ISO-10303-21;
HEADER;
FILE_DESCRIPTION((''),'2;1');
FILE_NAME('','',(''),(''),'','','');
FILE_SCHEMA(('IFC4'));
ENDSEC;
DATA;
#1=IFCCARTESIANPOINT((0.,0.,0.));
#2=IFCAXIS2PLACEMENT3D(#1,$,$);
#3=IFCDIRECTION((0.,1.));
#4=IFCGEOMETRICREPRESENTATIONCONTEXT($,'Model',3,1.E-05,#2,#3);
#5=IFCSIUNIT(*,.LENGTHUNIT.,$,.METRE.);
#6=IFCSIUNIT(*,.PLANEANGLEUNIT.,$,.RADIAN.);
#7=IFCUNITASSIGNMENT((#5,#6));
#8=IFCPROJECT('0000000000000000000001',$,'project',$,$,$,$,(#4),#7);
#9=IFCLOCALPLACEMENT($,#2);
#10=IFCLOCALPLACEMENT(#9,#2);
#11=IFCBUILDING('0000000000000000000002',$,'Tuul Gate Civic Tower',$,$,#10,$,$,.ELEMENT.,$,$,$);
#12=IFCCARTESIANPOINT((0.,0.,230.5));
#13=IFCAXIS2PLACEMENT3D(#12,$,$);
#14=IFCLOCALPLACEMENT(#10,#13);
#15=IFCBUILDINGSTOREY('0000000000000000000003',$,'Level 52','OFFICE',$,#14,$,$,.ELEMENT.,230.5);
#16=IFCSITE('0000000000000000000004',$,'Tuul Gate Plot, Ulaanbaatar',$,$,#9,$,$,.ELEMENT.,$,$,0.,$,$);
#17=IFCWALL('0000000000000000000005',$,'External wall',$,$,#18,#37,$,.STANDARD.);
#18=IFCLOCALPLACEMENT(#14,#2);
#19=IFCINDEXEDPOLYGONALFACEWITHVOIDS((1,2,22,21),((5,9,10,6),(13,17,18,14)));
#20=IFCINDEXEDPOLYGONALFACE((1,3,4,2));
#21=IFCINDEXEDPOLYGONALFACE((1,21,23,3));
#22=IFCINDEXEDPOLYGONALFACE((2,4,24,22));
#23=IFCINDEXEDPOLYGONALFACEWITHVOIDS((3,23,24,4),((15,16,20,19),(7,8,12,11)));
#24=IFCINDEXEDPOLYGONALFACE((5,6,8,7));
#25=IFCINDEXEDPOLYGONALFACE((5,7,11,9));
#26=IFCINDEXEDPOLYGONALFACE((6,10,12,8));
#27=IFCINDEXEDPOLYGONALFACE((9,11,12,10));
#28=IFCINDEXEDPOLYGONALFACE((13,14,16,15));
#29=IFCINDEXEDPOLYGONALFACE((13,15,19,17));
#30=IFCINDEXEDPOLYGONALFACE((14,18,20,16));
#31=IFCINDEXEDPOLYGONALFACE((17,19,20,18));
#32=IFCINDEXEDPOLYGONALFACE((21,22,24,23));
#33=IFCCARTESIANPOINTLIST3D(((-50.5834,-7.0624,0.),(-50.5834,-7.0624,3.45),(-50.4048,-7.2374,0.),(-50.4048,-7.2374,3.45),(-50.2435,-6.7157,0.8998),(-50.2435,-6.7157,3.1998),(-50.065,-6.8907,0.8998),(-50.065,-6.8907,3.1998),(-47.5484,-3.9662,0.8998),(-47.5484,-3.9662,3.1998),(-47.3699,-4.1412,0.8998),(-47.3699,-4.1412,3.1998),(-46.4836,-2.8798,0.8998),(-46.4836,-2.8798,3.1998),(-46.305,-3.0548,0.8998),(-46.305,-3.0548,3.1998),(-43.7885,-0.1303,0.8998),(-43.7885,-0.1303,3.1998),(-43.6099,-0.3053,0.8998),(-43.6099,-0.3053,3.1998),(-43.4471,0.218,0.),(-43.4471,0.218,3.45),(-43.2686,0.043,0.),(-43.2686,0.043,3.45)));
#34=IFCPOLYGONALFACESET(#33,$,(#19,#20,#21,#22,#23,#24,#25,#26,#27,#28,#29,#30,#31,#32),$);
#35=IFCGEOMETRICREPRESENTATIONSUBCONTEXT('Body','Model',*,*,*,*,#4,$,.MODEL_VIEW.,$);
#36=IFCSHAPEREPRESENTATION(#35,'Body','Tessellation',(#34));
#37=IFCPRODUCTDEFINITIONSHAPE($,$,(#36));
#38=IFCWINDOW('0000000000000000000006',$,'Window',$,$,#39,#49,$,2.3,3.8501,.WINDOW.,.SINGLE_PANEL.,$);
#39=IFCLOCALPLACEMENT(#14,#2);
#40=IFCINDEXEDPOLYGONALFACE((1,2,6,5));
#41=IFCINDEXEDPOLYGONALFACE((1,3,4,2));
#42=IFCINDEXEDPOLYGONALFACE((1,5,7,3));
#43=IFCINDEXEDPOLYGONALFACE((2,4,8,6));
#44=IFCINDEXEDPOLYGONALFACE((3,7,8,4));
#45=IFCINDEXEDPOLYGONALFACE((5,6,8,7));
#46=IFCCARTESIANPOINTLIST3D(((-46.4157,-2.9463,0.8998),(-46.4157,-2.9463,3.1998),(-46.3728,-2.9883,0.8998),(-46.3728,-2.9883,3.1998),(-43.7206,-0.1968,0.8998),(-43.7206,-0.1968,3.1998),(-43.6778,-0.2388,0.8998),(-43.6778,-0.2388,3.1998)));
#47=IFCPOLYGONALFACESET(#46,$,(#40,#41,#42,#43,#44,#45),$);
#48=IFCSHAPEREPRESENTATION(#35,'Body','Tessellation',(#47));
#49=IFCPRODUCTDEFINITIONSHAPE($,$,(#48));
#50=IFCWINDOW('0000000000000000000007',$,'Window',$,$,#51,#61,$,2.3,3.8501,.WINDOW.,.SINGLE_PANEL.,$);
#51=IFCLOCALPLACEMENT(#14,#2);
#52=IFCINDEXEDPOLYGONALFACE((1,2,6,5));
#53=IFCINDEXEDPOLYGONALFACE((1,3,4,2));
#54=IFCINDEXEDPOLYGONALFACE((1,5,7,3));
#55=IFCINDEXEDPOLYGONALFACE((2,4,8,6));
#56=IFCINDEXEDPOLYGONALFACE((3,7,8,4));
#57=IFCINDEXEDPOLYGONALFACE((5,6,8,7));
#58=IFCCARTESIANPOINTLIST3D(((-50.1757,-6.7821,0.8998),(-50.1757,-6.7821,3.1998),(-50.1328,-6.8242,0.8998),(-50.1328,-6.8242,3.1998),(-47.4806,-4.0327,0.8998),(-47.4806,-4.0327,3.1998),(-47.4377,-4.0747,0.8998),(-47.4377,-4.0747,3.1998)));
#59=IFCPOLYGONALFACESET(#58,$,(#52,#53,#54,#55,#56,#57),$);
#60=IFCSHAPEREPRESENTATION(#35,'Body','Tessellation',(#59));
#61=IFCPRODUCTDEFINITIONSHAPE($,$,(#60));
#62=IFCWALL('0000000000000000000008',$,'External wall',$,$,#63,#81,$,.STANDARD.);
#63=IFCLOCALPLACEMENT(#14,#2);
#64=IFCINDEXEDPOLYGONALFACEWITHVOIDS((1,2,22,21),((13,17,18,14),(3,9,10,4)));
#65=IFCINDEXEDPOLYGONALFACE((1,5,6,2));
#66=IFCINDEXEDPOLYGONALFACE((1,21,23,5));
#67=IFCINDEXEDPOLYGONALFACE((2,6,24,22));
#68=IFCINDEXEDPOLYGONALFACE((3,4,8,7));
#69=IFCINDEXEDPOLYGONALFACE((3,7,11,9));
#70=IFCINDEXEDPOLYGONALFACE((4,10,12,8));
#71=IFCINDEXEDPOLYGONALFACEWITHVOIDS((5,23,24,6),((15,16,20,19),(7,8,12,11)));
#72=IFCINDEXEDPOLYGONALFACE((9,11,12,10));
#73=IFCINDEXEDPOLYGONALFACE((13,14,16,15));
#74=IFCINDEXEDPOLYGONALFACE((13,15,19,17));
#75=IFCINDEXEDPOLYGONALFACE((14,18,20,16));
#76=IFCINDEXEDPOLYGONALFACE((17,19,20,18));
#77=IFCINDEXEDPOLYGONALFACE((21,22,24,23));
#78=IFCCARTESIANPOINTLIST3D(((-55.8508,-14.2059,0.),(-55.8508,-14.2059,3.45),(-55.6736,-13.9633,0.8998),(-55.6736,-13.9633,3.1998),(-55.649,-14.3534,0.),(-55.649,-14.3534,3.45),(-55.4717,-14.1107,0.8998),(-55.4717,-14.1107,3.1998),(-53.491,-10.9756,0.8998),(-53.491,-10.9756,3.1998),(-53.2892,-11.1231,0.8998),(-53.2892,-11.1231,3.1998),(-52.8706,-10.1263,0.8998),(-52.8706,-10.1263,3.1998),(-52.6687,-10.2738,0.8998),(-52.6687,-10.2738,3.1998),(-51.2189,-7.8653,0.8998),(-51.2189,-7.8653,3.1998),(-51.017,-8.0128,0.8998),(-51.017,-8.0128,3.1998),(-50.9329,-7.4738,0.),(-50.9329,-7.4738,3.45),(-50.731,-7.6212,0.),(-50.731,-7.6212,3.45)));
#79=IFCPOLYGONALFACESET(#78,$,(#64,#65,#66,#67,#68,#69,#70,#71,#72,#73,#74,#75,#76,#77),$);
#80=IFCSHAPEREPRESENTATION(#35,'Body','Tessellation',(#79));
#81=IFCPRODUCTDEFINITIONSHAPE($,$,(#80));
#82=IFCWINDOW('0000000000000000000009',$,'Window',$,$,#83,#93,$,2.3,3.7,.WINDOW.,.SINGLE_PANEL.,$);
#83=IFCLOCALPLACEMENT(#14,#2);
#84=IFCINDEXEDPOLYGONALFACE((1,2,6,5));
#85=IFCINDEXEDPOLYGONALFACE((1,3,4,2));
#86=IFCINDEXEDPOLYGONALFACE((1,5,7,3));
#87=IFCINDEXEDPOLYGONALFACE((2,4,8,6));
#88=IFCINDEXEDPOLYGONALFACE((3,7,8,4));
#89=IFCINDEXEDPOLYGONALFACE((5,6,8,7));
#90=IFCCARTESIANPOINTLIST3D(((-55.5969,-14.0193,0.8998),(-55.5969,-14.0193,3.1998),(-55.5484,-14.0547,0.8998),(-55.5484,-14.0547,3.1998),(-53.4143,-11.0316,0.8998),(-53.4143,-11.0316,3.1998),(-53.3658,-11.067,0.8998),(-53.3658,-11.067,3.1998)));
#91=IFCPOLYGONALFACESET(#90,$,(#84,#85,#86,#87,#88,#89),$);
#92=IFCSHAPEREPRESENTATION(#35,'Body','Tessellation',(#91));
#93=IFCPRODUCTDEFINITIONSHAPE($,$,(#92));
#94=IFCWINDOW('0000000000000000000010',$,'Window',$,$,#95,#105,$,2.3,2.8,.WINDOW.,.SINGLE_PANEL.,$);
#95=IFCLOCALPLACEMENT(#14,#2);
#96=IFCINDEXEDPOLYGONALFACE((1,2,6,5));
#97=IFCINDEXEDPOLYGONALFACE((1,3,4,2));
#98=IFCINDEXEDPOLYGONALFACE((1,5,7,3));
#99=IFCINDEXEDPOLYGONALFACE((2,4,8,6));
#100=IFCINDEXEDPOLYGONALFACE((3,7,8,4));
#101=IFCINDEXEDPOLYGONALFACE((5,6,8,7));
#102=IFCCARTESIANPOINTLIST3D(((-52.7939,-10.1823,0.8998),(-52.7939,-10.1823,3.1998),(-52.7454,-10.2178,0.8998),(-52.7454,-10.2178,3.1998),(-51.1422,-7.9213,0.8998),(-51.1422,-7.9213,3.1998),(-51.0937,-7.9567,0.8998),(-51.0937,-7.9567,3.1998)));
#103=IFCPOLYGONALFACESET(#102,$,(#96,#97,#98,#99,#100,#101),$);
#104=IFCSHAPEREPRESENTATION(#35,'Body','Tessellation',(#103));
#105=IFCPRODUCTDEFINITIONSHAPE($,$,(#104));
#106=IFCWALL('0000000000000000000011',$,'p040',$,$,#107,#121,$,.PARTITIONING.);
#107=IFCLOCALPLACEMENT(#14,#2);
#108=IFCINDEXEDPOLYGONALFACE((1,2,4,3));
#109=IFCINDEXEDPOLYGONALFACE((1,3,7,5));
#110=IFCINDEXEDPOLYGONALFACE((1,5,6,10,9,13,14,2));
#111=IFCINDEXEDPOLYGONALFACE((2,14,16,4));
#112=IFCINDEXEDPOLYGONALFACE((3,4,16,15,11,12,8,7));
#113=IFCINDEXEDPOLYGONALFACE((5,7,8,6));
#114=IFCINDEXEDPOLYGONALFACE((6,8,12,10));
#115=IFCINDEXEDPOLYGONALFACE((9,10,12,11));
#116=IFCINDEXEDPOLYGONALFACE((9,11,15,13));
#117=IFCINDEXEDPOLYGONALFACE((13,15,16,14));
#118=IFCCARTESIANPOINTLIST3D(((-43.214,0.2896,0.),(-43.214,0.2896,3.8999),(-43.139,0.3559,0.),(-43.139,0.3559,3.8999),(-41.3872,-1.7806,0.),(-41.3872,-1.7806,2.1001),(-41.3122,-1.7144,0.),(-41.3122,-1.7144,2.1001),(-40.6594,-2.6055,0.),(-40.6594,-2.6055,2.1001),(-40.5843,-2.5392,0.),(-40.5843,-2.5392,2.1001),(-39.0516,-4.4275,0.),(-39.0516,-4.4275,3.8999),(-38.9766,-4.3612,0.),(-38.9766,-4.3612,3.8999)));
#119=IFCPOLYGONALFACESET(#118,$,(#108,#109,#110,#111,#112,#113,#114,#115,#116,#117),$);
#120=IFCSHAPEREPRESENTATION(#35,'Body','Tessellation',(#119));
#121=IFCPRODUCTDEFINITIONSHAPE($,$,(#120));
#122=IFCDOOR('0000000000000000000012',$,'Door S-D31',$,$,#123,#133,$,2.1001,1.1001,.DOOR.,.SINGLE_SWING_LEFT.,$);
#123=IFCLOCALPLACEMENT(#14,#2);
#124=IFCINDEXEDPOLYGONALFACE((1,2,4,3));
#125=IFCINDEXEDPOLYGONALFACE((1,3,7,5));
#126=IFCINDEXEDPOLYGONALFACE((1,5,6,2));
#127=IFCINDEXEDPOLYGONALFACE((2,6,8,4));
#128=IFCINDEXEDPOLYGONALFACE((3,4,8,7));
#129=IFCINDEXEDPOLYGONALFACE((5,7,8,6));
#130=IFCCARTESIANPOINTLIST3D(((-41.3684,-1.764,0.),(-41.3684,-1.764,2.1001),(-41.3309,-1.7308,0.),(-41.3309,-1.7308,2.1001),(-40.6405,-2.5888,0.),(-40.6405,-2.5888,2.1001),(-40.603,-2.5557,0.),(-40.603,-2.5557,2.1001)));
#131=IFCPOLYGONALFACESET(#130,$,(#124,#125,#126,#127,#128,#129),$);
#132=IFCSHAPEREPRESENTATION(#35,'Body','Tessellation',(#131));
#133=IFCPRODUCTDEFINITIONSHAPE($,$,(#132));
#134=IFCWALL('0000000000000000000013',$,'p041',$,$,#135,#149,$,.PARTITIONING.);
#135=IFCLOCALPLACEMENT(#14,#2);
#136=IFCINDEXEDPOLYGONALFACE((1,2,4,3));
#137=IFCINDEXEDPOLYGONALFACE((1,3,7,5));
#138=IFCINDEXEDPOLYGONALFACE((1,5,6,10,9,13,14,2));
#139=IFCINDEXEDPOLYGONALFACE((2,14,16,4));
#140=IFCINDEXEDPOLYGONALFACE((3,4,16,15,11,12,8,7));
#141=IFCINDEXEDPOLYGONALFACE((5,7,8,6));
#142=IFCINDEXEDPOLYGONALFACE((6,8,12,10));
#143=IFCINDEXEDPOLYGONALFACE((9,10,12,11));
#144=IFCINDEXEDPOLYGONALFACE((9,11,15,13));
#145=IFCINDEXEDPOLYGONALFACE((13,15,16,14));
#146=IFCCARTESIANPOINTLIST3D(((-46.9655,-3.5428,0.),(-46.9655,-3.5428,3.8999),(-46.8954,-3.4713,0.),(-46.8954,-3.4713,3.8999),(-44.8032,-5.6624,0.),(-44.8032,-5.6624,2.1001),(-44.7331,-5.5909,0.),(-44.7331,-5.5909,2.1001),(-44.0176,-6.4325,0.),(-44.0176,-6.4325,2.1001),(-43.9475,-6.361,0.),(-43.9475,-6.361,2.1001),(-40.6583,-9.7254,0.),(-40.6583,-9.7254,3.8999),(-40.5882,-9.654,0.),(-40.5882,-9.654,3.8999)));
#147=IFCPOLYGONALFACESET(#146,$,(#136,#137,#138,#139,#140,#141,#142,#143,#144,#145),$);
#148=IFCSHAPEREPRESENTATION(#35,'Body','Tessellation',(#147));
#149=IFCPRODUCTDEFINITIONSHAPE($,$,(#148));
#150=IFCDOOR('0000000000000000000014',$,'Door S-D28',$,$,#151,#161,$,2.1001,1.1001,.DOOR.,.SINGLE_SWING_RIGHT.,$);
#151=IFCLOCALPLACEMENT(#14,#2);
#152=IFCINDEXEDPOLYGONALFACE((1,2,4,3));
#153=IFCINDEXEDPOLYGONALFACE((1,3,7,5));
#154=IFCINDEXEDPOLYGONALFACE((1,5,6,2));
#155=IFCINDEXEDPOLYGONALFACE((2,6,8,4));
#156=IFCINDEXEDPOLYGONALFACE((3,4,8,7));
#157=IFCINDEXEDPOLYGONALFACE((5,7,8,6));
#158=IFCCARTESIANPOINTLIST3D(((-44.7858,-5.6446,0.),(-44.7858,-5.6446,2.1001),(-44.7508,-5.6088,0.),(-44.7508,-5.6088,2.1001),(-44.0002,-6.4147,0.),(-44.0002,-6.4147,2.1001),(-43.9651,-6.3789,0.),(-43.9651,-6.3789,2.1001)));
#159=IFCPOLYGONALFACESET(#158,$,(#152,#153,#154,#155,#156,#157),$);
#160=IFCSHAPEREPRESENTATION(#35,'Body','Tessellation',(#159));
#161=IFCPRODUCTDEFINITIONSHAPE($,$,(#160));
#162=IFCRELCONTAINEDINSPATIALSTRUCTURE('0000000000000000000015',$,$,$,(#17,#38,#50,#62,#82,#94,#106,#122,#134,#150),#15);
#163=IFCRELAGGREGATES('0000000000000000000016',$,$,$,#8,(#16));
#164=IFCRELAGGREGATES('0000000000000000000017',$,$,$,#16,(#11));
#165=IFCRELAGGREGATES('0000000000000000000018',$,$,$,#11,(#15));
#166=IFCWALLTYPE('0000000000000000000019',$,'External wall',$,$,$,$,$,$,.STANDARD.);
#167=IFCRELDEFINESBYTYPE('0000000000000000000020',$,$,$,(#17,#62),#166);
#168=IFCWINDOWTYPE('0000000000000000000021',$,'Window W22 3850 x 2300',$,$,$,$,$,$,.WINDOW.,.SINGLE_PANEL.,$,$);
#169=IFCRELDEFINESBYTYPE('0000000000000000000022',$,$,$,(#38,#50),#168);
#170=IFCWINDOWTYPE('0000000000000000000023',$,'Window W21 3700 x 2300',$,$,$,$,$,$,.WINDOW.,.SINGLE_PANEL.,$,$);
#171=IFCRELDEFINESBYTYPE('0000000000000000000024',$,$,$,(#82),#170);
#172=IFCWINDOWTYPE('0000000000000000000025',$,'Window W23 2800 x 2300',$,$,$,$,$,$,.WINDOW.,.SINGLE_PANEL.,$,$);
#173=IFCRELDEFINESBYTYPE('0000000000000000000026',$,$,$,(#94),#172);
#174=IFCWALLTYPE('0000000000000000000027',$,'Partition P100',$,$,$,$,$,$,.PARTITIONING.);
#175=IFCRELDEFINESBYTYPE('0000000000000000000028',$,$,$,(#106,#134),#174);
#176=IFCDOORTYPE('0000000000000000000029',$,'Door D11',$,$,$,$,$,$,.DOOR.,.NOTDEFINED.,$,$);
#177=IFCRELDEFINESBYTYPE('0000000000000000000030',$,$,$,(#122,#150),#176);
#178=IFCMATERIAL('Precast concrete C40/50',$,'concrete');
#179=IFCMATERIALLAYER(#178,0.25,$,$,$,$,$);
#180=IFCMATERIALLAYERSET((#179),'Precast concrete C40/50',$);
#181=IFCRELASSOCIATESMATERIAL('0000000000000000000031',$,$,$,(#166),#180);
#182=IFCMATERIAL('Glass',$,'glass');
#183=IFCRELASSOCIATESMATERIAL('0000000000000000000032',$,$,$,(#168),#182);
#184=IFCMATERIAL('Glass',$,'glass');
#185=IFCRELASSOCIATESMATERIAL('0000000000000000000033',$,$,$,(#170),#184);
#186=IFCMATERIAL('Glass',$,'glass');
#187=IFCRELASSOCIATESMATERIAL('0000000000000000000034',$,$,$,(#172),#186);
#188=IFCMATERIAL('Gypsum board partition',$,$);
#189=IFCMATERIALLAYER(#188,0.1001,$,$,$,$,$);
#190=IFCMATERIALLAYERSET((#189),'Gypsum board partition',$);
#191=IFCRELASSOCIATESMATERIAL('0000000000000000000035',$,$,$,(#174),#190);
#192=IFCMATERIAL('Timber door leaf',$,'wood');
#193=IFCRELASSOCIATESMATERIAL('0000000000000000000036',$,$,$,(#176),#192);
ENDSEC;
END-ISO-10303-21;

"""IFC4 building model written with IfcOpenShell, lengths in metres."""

from ifc_helpers import new_model, si_unit, direction, frame, frame_2d, origin, place, context, subcontext, project, spatial, rectangle, extrude, material, layer, layer_set, type_object, element, fill, save


model = new_model("IFC4")

# Units and contexts
model_context = context("Model", 3, precision=1e-05, world=origin(), true_north=direction((0.0, 1.0)))
body_context = subcontext(model_context, "Body", "Model", "MODEL_VIEW")
ifc_project = project(units=[si_unit("LENGTHUNIT", "METRE"), si_unit("PLANEANGLEUNIT", "RADIAN")], contexts=[model_context])

# Site, building, storey
site_placement = place(None, origin())
site = spatial("IfcSite", under=ifc_project, at=site_placement, Name="Tuul Gate Plot, Ulaanbaatar", CompositionType="ELEMENT", RefElevation=0.0)
building_placement = place(site_placement, origin())
building = spatial("IfcBuilding", under=site, at=building_placement, Name="Tuul Gate Civic Tower", CompositionType="ELEMENT")
storey_placement = place(building_placement, frame((0.0, 0.0, 230.5)))
storey = spatial("IfcBuildingStorey", under=building, at=storey_placement, Name="Level 52", Description="OFFICE", CompositionType="ELEMENT", Elevation=230.5)

# Walls, openings, windows
ifc_material_1 = material(Name="Precast concrete C40/50", Category="concrete")
ifc_layer_1 = layer(ifc_material_1, 0.25)
ifc_layer_set_1 = layer_set([ifc_layer_1], Name="Precast concrete C40/50")
wall_type_1 = type_object("IfcWallType", Name="External wall", PredefinedType="STANDARD", material=ifc_layer_set_1)
wall_1_placement = place(storey_placement, frame((-43.3579, 0.1304, 0.0), z_axis=(0.0, 0.0, 1.0), x_axis=(-0.700007, -0.714136, 0.0)))
wall_1 = element("IfcWall", 1, at=wall_1_placement, inside=storey, type_object=wall_type_1, Name="External wall", PredefinedType="STANDARD", context=body_context, shape_type="SweptSolid", body=[
    extrude(rectangle(XDim=10.1946, YDim=0.25, at=frame_2d((5.0972, 0.0))), origin(), (0.0, 0.0, 1.0), 3.45),
])
opening_1_placement = place(wall_1_placement, frame((0.4875, 0.0, 0.8999)))
opening_1 = element("IfcOpeningElement", 2, at=opening_1_placement, cuts=wall_1, PredefinedType="OPENING", context=body_context, shape_type="SweptSolid", body=[
    extrude(rectangle(XDim=3.8501, YDim=2.3, at=frame_2d((1.925, 1.1499))), frame((0.0, 0.135, 0.0), z_axis=(0.0, -1.0, 0.0), x_axis=(1.0, 0.0, 0.0)), (0.0, 0.0, 1.0), 0.27),
])
opening_2_placement = place(wall_1_placement, frame((5.8589, 0.0, 0.8999)))
opening_2 = element("IfcOpeningElement", 3, at=opening_2_placement, cuts=wall_1, PredefinedType="OPENING", context=body_context, shape_type="SweptSolid", body=[
    extrude(rectangle(XDim=3.8501, YDim=2.3, at=frame_2d((1.925, 1.1499))), frame((0.0, 0.135, 0.0), z_axis=(0.0, -1.0, 0.0), x_axis=(1.0, 0.0, 0.0)), (0.0, 0.0, 1.0), 0.27),
])
ifc_material_2 = material(Name="Glass", Category="glass")
window_type_1 = type_object("IfcWindowType", Name="Window W22 3850 x 2300", PartitioningType="SINGLE_PANEL", PredefinedType="WINDOW", material=ifc_material_2)
window_1_placement = place(opening_1_placement, origin())
window_1 = element("IfcWindow", 4, at=window_1_placement, inside=storey, type_object=window_type_1, Name="Window", OverallHeight=2.3, OverallWidth=3.8501, PartitioningType="SINGLE_PANEL", PredefinedType="WINDOW", context=body_context, shape_type="SweptSolid", body=[
    extrude(rectangle(XDim=3.8501, YDim=2.3, at=frame_2d((1.925, 1.1499))), frame((0.0, 0.03, 0.0), z_axis=(0.0, -1.0, 0.0), x_axis=(1.0, 0.0, 0.0)), (0.0, 0.0, 1.0), 0.0601),
])
fill(opening_1, window_1)
window_2_placement = place(opening_2_placement, origin())
window_2 = element("IfcWindow", 5, at=window_2_placement, inside=storey, type_object=window_type_1, Name="Window", OverallHeight=2.3, OverallWidth=3.8501, PartitioningType="SINGLE_PANEL", PredefinedType="WINDOW", context=body_context, shape_type="SweptSolid", body=[
    extrude(rectangle(XDim=3.8501, YDim=2.3, at=frame_2d((1.925, 1.1499))), frame((0.0, 0.03, 0.0), z_axis=(0.0, -1.0, 0.0), x_axis=(1.0, 0.0, 0.0)), (0.0, 0.0, 1.0), 0.0601),
])
fill(opening_2, window_2)
wall_2_placement = place(storey_placement, frame((-50.832, -7.5476, 0.0), z_axis=(0.0, 0.0, 1.0), x_axis=(-0.589884, -0.807488, 0.0)))
wall_2 = element("IfcWall", 6, at=wall_2_placement, inside=storey, type_object=wall_type_1, Name="External wall", PredefinedType="STANDARD", context=body_context, shape_type="SweptSolid", body=[
    extrude(rectangle(XDim=8.3372, YDim=0.25, at=frame_2d((4.1685, 0.0))), origin(), (0.0, 0.0, 1.0), 3.45),
])
opening_3_placement = place(wall_2_placement, frame((0.4849, 0.0, 0.8999)))
opening_3 = element("IfcOpeningElement", 7, at=opening_3_placement, cuts=wall_2, PredefinedType="OPENING", context=body_context, shape_type="SweptSolid", body=[
    extrude(rectangle(XDim=2.8, YDim=2.3, at=frame_2d((1.3999, 1.1499))), frame((0.0, 0.135, 0.0), z_axis=(0.0, -1.0, 0.0), x_axis=(1.0, 0.0, 0.0)), (0.0, 0.0, 1.0), 0.27),
])
opening_4_placement = place(wall_2_placement, frame((4.3364, 0.0, 0.8999)))
opening_4 = element("IfcOpeningElement", 8, at=opening_4_placement, cuts=wall_2, PredefinedType="OPENING", context=body_context, shape_type="SweptSolid", body=[
    extrude(rectangle(XDim=3.7, YDim=2.3, at=frame_2d((1.8501, 1.1499))), frame((0.0, 0.135, 0.0), z_axis=(0.0, -1.0, 0.0), x_axis=(1.0, 0.0, 0.0)), (0.0, 0.0, 1.0), 0.27),
])
ifc_material_3 = material(Name="Glass", Category="glass")
window_type_2 = type_object("IfcWindowType", Name="Window W21 3700 x 2300", PartitioningType="SINGLE_PANEL", PredefinedType="WINDOW", material=ifc_material_3)
window_3_placement = place(opening_4_placement, origin())
window_3 = element("IfcWindow", 9, at=window_3_placement, inside=storey, type_object=window_type_2, Name="Window", OverallHeight=2.3, OverallWidth=3.7, PartitioningType="SINGLE_PANEL", PredefinedType="WINDOW", context=body_context, shape_type="SweptSolid", body=[
    extrude(rectangle(XDim=3.7, YDim=2.3, at=frame_2d((1.8501, 1.1499))), frame((0.0, 0.03, 0.0), z_axis=(0.0, -1.0, 0.0), x_axis=(1.0, 0.0, 0.0)), (0.0, 0.0, 1.0), 0.0601),
])
fill(opening_4, window_3)
ifc_material_4 = material(Name="Glass", Category="glass")
window_type_3 = type_object("IfcWindowType", Name="Window W23 2800 x 2300", PartitioningType="SINGLE_PANEL", PredefinedType="WINDOW", material=ifc_material_4)
window_4_placement = place(opening_3_placement, origin())
window_4 = element("IfcWindow", 10, at=window_4_placement, inside=storey, type_object=window_type_3, Name="Window", OverallHeight=2.3, OverallWidth=2.8, PartitioningType="SINGLE_PANEL", PredefinedType="WINDOW", context=body_context, shape_type="SweptSolid", body=[
    extrude(rectangle(XDim=2.8, YDim=2.3, at=frame_2d((1.3999, 1.1499))), frame((0.0, 0.03, 0.0), z_axis=(0.0, -1.0, 0.0), x_axis=(1.0, 0.0, 0.0)), (0.0, 0.0, 1.0), 0.0601),
])
fill(opening_3, window_4)

# Walls, openings, doors
ifc_material_5 = material(Name="Gypsum board partition")
ifc_layer_2 = layer(ifc_material_5, 0.1001)
ifc_layer_set_2 = layer_set([ifc_layer_2], Name="Gypsum board partition")
wall_type_2 = type_object("IfcWallType", Name="Partition P100", PredefinedType="PARTITIONING", material=ifc_layer_set_2)
wall_3_placement = place(storey_placement, frame((-43.1765, 0.3228, 0.0), z_axis=(0.0, 0.0, 1.0), x_axis=(0.661645, -0.749817, 0.0)))
wall_3 = element("IfcWall", 11, at=wall_3_placement, inside=storey, type_object=wall_type_2, Name="p040", PredefinedType="PARTITIONING", context=body_context, shape_type="SweptSolid", body=[
    extrude(rectangle(XDim=6.291, YDim=0.1001, at=frame_2d((3.1455, 0.0))), origin(), (0.0, 0.0, 1.0), 3.8999),
])
opening_5_placement = place(wall_3_placement, frame((2.761, 0.0, 0.0)))
opening_5 = element("IfcOpeningElement", 12, at=opening_5_placement, cuts=wall_3, PredefinedType="OPENING", context=body_context, shape_type="SweptSolid", body=[
    extrude(rectangle(XDim=1.1001, YDim=2.1001, at=frame_2d((0.55, 1.05))), frame((0.0, 0.0601, 0.0), z_axis=(0.0, -1.0, 0.0), x_axis=(1.0, 0.0, 0.0)), (0.0, 0.0, 1.0), 0.1201),
])
ifc_material_6 = material(Name="Timber door leaf", Category="wood")
door_type_1 = type_object("IfcDoorType", Name="Door D11", OperationType="NOTDEFINED", PredefinedType="DOOR", material=ifc_material_6)
door_1_placement = place(opening_5_placement, frame((1.1001, 0.0, 0.0), z_axis=(0.0, 0.0, 1.0), x_axis=(-1.0, 0.0, 0.0)))
door_1 = element("IfcDoor", 13, at=door_1_placement, inside=storey, type_object=door_type_1, Name="Door S-D31", OperationType="SINGLE_SWING_LEFT", OverallHeight=2.1001, OverallWidth=1.1001, PredefinedType="DOOR", context=body_context, shape_type="SweptSolid", body=[
    extrude(rectangle(XDim=1.1001, YDim=2.1001, at=frame_2d((0.55, 1.05))), frame((0.0, 0.0249, 0.0), z_axis=(0.0, -1.0, 0.0), x_axis=(1.0, 0.0, 0.0)), (0.0, 0.0, 1.0), 0.05),
])
fill(opening_5, door_1)
wall_4_placement = place(storey_placement, frame((-46.9304, -3.5071, 0.0), z_axis=(0.0, 0.0, 1.0), x_axis=(0.714121, -0.700023, 0.0)))
wall_4 = element("IfcWall", 14, at=wall_4_placement, inside=storey, type_object=wall_type_2, Name="p041", PredefinedType="PARTITIONING", context=body_context, shape_type="SweptSolid", body=[
    extrude(rectangle(XDim=8.832, YDim=0.1001, at=frame_2d((4.416, 0.0))), origin(), (0.0, 0.0, 1.0), 3.8999),
])
opening_6_placement = place(wall_4_placement, frame((3.0278, 0.0, 0.0)))
opening_6 = element("IfcOpeningElement", 15, at=opening_6_placement, cuts=wall_4, PredefinedType="OPENING", context=body_context, shape_type="SweptSolid", body=[
    extrude(rectangle(XDim=1.1001, YDim=2.1001, at=frame_2d((0.55, 1.05))), frame((0.0, 0.0601, 0.0), z_axis=(0.0, -1.0, 0.0), x_axis=(1.0, 0.0, 0.0)), (0.0, 0.0, 1.0), 0.1201),
])
door_2_placement = place(opening_6_placement, origin())
door_2 = element("IfcDoor", 16, at=door_2_placement, inside=storey, type_object=door_type_1, Name="Door S-D28", OperationType="SINGLE_SWING_RIGHT", OverallHeight=2.1001, OverallWidth=1.1001, PredefinedType="DOOR", context=body_context, shape_type="SweptSolid", body=[
    extrude(rectangle(XDim=1.1001, YDim=2.1001, at=frame_2d((0.55, 1.05))), frame((0.0, 0.0249, 0.0), z_axis=(0.0, -1.0, 0.0), x_axis=(1.0, 0.0, 0.0)), (0.0, 0.0, 1.0), 0.05),
])
fill(opening_6, door_2)

save(model, "model.ifc")
